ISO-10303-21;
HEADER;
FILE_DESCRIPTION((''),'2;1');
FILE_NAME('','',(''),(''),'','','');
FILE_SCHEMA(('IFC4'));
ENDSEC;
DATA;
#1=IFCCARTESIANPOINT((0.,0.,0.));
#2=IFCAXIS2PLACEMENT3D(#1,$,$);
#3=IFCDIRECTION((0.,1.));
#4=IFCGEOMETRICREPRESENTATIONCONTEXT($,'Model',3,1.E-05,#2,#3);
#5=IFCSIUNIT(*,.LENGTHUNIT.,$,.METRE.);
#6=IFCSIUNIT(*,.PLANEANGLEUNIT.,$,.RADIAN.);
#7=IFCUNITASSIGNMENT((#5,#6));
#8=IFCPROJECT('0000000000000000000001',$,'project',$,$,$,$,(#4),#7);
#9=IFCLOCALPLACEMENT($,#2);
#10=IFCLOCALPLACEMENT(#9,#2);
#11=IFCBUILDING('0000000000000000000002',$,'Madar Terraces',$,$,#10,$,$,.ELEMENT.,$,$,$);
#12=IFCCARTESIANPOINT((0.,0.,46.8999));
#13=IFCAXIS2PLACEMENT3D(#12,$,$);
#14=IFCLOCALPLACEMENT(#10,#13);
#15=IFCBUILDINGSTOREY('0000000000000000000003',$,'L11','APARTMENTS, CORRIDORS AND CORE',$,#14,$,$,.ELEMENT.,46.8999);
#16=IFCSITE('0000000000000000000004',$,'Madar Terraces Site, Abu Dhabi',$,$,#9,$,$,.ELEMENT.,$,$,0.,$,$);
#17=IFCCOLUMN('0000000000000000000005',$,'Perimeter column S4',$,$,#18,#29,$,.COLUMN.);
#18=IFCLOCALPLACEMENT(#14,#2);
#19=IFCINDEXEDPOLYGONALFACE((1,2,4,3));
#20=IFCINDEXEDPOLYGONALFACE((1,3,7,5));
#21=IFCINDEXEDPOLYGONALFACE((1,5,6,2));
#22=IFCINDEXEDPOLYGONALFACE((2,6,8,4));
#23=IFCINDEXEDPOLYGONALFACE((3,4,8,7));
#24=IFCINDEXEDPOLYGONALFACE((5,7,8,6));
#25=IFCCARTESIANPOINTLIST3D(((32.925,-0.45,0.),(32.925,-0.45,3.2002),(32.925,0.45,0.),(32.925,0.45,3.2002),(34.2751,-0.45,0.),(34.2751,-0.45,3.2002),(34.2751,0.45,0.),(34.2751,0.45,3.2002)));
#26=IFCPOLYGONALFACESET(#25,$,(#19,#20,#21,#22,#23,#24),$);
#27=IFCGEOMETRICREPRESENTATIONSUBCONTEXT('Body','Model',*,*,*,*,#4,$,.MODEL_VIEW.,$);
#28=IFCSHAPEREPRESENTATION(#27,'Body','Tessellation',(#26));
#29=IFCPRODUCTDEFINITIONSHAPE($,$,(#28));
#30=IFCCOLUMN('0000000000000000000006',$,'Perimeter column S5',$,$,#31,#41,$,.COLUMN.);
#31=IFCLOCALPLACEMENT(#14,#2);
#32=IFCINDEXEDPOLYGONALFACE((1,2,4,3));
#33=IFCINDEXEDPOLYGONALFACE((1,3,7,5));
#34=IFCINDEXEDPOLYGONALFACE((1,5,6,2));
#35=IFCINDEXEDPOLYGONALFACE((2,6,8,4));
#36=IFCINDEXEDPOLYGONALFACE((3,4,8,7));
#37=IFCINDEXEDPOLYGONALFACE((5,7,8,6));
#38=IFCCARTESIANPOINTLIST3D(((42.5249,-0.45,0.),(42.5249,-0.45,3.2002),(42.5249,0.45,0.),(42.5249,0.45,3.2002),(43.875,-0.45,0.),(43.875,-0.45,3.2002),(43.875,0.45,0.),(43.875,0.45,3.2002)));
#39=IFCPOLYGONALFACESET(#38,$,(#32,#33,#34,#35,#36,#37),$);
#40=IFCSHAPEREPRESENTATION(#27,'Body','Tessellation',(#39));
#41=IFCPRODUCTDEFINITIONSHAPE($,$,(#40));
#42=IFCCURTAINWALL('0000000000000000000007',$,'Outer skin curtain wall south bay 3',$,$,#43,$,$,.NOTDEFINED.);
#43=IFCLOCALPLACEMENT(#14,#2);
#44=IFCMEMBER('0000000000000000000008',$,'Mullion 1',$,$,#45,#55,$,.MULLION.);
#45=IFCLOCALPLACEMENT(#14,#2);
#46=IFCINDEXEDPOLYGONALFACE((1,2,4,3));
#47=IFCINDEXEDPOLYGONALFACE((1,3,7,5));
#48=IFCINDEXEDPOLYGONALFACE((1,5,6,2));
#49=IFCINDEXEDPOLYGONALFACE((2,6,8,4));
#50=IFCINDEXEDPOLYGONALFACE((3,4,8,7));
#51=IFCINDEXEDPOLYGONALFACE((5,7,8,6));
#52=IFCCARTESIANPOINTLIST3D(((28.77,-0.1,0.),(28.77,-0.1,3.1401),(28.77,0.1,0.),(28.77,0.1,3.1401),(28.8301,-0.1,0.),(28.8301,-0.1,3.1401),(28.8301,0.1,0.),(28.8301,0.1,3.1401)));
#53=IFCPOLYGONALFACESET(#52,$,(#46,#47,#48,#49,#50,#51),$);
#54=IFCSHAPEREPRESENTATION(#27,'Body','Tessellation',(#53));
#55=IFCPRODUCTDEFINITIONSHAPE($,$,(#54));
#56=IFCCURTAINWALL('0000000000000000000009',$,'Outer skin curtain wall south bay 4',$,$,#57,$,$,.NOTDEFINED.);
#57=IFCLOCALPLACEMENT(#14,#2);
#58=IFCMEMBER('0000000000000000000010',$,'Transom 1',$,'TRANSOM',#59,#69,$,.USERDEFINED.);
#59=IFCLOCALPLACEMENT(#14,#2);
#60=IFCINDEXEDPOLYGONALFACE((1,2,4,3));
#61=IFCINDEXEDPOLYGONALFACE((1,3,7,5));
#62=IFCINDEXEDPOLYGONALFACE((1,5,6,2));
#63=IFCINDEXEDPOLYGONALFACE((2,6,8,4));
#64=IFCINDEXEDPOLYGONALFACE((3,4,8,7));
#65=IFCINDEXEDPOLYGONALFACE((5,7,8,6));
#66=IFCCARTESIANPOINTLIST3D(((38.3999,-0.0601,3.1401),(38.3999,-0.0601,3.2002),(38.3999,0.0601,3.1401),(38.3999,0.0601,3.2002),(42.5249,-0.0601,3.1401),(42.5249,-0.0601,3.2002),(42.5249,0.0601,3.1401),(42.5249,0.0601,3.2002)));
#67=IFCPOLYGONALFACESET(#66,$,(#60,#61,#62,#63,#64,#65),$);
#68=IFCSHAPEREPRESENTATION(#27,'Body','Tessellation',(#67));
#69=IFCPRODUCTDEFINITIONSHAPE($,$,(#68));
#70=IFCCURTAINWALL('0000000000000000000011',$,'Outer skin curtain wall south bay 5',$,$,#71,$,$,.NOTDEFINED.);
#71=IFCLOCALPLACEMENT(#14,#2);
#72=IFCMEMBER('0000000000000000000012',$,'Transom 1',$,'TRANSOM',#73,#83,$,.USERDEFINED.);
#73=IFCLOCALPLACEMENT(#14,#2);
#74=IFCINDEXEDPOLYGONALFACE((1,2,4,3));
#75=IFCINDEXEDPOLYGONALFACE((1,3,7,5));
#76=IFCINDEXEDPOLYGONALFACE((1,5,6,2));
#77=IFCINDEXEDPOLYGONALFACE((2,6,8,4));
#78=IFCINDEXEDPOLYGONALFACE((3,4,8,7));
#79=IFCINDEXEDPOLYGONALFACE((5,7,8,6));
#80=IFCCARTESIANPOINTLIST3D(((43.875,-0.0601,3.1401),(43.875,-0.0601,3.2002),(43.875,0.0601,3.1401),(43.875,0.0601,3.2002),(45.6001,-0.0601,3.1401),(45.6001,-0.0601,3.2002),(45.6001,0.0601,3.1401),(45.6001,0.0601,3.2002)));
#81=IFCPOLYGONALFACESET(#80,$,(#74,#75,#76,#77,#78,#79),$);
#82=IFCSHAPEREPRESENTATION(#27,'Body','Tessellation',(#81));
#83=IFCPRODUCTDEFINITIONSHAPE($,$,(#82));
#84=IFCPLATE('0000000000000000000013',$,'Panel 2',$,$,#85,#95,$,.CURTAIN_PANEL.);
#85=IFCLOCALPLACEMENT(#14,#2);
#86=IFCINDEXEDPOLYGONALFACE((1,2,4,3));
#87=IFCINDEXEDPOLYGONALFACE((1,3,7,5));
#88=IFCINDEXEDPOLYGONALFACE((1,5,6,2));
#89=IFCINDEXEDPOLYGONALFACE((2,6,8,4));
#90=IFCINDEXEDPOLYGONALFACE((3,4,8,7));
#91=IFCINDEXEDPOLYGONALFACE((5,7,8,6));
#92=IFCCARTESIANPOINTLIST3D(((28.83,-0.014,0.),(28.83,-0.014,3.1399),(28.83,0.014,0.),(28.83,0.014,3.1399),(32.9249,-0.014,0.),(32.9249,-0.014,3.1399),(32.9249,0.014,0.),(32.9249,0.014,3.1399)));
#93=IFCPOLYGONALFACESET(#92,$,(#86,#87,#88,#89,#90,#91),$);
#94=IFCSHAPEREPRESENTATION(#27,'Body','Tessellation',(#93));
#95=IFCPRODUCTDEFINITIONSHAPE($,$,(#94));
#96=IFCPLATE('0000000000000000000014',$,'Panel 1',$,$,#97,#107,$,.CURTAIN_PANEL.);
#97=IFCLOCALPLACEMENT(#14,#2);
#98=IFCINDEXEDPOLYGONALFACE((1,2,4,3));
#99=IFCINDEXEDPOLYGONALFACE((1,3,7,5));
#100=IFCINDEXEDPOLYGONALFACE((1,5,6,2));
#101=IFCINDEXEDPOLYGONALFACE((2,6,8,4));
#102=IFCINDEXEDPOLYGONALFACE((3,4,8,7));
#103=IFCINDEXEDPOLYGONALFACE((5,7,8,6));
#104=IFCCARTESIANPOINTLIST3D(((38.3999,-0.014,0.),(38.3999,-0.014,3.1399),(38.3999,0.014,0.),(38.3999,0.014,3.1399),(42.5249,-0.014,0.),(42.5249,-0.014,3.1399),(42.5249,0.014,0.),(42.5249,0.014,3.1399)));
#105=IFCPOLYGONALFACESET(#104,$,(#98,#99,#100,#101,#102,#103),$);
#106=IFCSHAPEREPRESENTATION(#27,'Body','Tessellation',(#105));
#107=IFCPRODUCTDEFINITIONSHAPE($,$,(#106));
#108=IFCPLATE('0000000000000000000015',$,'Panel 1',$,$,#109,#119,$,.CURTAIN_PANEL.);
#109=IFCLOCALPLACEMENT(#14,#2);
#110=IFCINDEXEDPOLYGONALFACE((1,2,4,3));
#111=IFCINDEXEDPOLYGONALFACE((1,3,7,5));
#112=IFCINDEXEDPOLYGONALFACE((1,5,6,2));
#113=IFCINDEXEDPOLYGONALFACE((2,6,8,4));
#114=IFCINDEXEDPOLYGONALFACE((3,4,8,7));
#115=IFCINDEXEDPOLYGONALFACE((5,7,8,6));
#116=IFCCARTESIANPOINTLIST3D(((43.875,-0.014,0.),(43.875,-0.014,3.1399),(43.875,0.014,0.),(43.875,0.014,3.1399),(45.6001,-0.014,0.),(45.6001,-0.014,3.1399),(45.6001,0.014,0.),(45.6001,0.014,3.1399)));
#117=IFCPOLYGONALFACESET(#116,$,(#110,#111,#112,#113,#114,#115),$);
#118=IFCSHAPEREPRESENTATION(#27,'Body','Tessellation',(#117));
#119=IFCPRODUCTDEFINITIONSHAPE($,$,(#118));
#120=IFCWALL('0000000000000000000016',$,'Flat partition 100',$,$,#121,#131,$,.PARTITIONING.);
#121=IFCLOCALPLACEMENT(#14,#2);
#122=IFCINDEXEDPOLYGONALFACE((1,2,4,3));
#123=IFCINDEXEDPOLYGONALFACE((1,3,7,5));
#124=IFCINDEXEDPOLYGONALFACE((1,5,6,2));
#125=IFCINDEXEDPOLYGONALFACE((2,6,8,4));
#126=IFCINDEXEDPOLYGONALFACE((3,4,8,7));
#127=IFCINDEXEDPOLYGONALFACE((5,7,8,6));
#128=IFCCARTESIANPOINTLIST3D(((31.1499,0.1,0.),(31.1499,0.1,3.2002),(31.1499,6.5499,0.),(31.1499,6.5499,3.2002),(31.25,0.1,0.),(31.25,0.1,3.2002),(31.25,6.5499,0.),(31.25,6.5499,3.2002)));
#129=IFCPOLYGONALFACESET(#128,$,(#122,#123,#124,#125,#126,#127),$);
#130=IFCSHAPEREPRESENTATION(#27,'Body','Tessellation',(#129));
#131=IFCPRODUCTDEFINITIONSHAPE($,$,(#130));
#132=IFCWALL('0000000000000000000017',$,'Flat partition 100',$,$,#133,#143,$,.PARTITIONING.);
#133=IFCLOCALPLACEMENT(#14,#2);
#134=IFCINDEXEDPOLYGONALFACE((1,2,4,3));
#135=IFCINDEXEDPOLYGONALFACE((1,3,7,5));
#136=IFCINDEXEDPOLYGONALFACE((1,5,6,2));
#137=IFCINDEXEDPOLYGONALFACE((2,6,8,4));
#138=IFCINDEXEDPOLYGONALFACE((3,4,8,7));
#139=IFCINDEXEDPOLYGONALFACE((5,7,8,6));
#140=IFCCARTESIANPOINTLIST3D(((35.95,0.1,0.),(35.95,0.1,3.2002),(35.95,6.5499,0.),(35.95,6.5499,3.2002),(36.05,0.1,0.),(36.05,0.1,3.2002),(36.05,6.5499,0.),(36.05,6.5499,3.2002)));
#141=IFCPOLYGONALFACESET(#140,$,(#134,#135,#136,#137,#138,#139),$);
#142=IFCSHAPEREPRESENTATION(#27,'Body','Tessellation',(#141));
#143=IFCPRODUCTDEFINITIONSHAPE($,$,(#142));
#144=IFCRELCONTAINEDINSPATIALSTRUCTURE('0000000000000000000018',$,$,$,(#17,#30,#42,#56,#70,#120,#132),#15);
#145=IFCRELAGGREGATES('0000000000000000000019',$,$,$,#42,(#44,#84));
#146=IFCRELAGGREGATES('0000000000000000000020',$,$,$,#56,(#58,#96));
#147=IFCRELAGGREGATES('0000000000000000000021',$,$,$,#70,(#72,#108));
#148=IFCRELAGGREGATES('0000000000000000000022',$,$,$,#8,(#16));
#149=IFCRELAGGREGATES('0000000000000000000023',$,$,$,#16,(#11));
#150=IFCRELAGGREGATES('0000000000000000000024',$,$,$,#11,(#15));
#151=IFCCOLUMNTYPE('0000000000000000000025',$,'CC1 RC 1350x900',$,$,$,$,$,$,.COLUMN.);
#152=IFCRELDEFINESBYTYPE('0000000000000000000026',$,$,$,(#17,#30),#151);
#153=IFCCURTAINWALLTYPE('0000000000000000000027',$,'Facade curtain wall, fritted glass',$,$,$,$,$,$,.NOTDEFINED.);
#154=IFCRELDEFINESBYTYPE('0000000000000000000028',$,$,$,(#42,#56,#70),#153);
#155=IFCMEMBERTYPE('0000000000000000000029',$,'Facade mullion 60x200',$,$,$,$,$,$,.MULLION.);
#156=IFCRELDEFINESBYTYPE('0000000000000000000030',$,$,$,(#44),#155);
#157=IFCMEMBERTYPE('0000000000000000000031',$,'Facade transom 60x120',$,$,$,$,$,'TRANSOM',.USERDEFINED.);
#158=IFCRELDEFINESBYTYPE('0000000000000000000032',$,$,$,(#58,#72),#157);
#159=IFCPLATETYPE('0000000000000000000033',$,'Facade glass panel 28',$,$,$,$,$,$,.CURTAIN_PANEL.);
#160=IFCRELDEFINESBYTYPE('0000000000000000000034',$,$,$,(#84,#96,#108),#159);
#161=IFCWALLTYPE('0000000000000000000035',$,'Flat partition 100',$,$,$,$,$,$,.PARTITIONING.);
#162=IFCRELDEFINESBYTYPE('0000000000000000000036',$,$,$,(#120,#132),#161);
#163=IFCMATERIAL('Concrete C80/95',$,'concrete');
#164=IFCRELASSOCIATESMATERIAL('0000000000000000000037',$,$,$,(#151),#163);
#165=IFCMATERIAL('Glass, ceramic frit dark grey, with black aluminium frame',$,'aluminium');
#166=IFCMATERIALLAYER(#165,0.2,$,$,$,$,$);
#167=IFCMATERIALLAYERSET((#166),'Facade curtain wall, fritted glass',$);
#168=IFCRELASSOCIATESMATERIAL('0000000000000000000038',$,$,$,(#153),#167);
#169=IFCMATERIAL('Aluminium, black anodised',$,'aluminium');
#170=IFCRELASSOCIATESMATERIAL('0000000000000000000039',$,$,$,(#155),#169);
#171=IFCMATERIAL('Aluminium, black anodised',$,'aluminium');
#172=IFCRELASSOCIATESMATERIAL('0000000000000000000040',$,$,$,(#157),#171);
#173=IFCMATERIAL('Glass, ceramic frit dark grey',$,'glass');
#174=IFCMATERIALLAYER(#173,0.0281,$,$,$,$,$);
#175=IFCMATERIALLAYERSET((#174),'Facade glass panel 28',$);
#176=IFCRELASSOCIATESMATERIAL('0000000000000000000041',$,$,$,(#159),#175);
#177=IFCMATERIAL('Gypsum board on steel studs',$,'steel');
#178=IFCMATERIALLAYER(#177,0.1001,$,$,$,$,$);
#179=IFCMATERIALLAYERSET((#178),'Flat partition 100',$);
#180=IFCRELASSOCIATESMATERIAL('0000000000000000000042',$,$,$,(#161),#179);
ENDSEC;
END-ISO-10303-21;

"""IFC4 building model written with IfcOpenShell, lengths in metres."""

from ifc_helpers import new_model, si_unit, direction, frame, frame_2d, origin, origin_2d, place, context, subcontext, project, spatial, rectangle, extrude, material, layer, layer_set, material_profile, profile_set, type_object, element, aggregate, save


model = new_model("IFC4")

# Units and contexts
model_context = context("Model", 3, precision=1e-05, world=origin(), true_north=direction((0.0, 1.0)))
body_context = subcontext(model_context, "Body", "Model", "MODEL_VIEW")
ifc_project = project(units=[si_unit("LENGTHUNIT", "METRE"), si_unit("PLANEANGLEUNIT", "RADIAN")], contexts=[model_context])

# Site, building, storey
site_placement = place(None, origin())
site = spatial("IfcSite", under=ifc_project, at=site_placement, Name="Madar Terraces Site, Abu Dhabi", CompositionType="ELEMENT", RefElevation=0.0)
building_placement = place(site_placement, origin())
building = spatial("IfcBuilding", under=site, at=building_placement, Name="Madar Terraces", CompositionType="ELEMENT")
storey_placement = place(building_placement, frame((0.0, 0.0, 46.8999)))
storey = spatial("IfcBuildingStorey", under=building, at=storey_placement, Name="L11", Description="APARTMENTS, CORRIDORS AND CORE", CompositionType="ELEMENT", Elevation=46.8999)

# Columns
ifc_material_1 = material(Name="Concrete C80/95", Category="concrete")
ifc_material_profile_1 = material_profile(ifc_material_1, rectangle(XDim=1.3501, YDim=0.8999, at=origin_2d()), Name="CC1 RC 1350x900")
ifc_profile_set_1 = profile_set([ifc_material_profile_1], Name="Concrete C80/95")
column_type = type_object("IfcColumnType", Name="CC1 RC 1350x900", PredefinedType="COLUMN", material=ifc_profile_set_1)
for number, where, z_axis, x_axis, name in (
    (1, (33.6001, 0.0, 0.0), (0.0, 0.0, 1.0), (1.0, 0.0, 0.0), "Perimeter column S4"),
    (2, (43.2, 0.0, 0.0), (0.0, 0.0, 1.0), (1.0, 0.0, 0.0), "Perimeter column S5"),
):
    element("IfcColumn", number, at=place(storey_placement, frame(where, z_axis=z_axis, x_axis=x_axis)), inside=storey, type_object=column_type, Name=name, PredefinedType="COLUMN", context=body_context, shape_type="SweptSolid", body=[
        extrude(rectangle(XDim=1.3501, YDim=0.8999, at=origin_2d()), origin(), (0.0, 0.0, 1.0), 3.2002),
    ])

# Curtain walls, members
ifc_material_2 = material(Name="Glass, ceramic frit dark grey, with black aluminium frame", Category="aluminium")
ifc_layer_1 = layer(ifc_material_2, 0.2)
ifc_layer_set_1 = layer_set([ifc_layer_1], Name="Facade curtain wall, fritted glass")
curtain_wall_type = type_object("IfcCurtainWallType", Name="Facade curtain wall, fritted glass", PredefinedType="NOTDEFINED", material=ifc_layer_set_1)
curtain_wall_1_placement = place(storey_placement, origin())
curtain_wall_1 = element("IfcCurtainWall", 3, at=curtain_wall_1_placement, inside=storey, type_object=curtain_wall_type, Name="Outer skin curtain wall south bay 3", PredefinedType="NOTDEFINED")
ifc_material_3 = material(Name="Aluminium, black anodised", Category="aluminium")
ifc_material_profile_2 = material_profile(ifc_material_3, rectangle(XDim=0.2, YDim=0.0601, at=origin_2d()), Name="Facade mullion 60x200")
ifc_profile_set_2 = profile_set([ifc_material_profile_2], Name="Aluminium, black anodised")
member_type_1 = type_object("IfcMemberType", Name="Facade mullion 60x200", PredefinedType="MULLION", material=ifc_profile_set_2)
member_1_placement = place(storey_placement, frame((28.8, 0.0, 0.0), z_axis=(0.0, 0.0, 1.0), x_axis=(0.0, 1.0, 0.0)))
member_1 = element("IfcMember", 4, at=member_1_placement, type_object=member_type_1, Name="Mullion 1", PredefinedType="MULLION", context=body_context, shape_type="SweptSolid", body=[
    extrude(rectangle(XDim=0.2, YDim=0.0601, at=origin_2d()), origin(), (0.0, 0.0, 1.0), 3.1401),
])
curtain_wall_2_placement = place(storey_placement, origin())
curtain_wall_2 = element("IfcCurtainWall", 5, at=curtain_wall_2_placement, inside=storey, type_object=curtain_wall_type, Name="Outer skin curtain wall south bay 4", PredefinedType="NOTDEFINED")
ifc_material_4 = material(Name="Aluminium, black anodised", Category="aluminium")
ifc_material_profile_3 = material_profile(ifc_material_4, rectangle(XDim=0.1201, YDim=0.0601, at=origin_2d()), Name="Facade transom 60x120")
ifc_profile_set_3 = profile_set([ifc_material_profile_3], Name="Aluminium, black anodised")
member_type_2 = type_object("IfcMemberType", Name="Facade transom 60x120", ElementType="TRANSOM", PredefinedType="USERDEFINED", material=ifc_profile_set_3)
member_2_placement = place(storey_placement, frame((38.3999, 0.0, 3.1702), z_axis=(1.0, 0.0, 0.0), x_axis=(0.0, 1.0, 0.0)))
member_2 = element("IfcMember", 6, at=member_2_placement, type_object=member_type_2, Name="Transom 1", ObjectType="TRANSOM", PredefinedType="USERDEFINED", context=body_context, shape_type="SweptSolid", body=[
    extrude(rectangle(XDim=0.1201, YDim=0.0601, at=origin_2d()), origin(), (0.0, 0.0, 1.0), 4.125),
])
curtain_wall_3_placement = place(storey_placement, origin())
curtain_wall_3 = element("IfcCurtainWall", 7, at=curtain_wall_3_placement, inside=storey, type_object=curtain_wall_type, Name="Outer skin curtain wall south bay 5", PredefinedType="NOTDEFINED")
member_3_placement = place(storey_placement, frame((43.875, 0.0, 3.1702), z_axis=(1.0, 0.0, 0.0), x_axis=(0.0, 1.0, 0.0)))
member_3 = element("IfcMember", 8, at=member_3_placement, type_object=member_type_2, Name="Transom 1", ObjectType="TRANSOM", PredefinedType="USERDEFINED", context=body_context, shape_type="SweptSolid", body=[
    extrude(rectangle(XDim=0.1201, YDim=0.0601, at=origin_2d()), origin(), (0.0, 0.0, 1.0), 1.7251),
])

# Plates
ifc_material_5 = material(Name="Glass, ceramic frit dark grey", Category="glass")
ifc_layer_2 = layer(ifc_material_5, 0.0281)
ifc_layer_set_2 = layer_set([ifc_layer_2], Name="Facade glass panel 28")
plate_type = type_object("IfcPlateType", Name="Facade glass panel 28", PredefinedType="CURTAIN_PANEL", material=ifc_layer_set_2)
plate_1_placement = place(storey_placement, frame((30.8774, 0.0, 0.0), z_axis=(0.0, 0.0, 1.0), x_axis=(1.0, 0.0, 0.0)))
plate_1 = element("IfcPlate", 9, at=plate_1_placement, type_object=plate_type, Name="Panel 2", PredefinedType="CURTAIN_PANEL", context=body_context, shape_type="SweptSolid", body=[
    extrude(rectangle(XDim=4.095, YDim=0.0281, at=origin_2d()), origin(), (0.0, 0.0, 1.0), 3.1399),
])
aggregate(curtain_wall_1, [member_1, plate_1])
plate_2_placement = place(storey_placement, frame((40.4624, 0.0, 0.0), z_axis=(0.0, 0.0, 1.0), x_axis=(1.0, 0.0, 0.0)))
plate_2 = element("IfcPlate", 10, at=plate_2_placement, type_object=plate_type, Name="Panel 1", PredefinedType="CURTAIN_PANEL", context=body_context, shape_type="SweptSolid", body=[
    extrude(rectangle(XDim=4.125, YDim=0.0281, at=origin_2d()), origin(), (0.0, 0.0, 1.0), 3.1399),
])
aggregate(curtain_wall_2, [member_2, plate_2])
plate_3_placement = place(storey_placement, frame((44.7375, 0.0, 0.0), z_axis=(0.0, 0.0, 1.0), x_axis=(1.0, 0.0, 0.0)))
plate_3 = element("IfcPlate", 11, at=plate_3_placement, type_object=plate_type, Name="Panel 1", PredefinedType="CURTAIN_PANEL", context=body_context, shape_type="SweptSolid", body=[
    extrude(rectangle(XDim=1.7251, YDim=0.0281, at=origin_2d()), origin(), (0.0, 0.0, 1.0), 3.1399),
])
aggregate(curtain_wall_3, [member_3, plate_3])

# Walls
ifc_material_6 = material(Name="Gypsum board on steel studs", Category="steel")
ifc_layer_3 = layer(ifc_material_6, 0.1001)
ifc_layer_set_3 = layer_set([ifc_layer_3], Name="Flat partition 100")
wall_type_1 = type_object("IfcWallType", Name="Flat partition 100", PredefinedType="PARTITIONING", material=ifc_layer_set_3)
for number, where, z_axis, x_axis, name in (
    (12, (31.2, 6.55, 0.0), (0.0, 0.0, 1.0), (0.0, -1.0, 0.0), "Flat partition 100"),
    (13, (36.0, 6.55, 0.0), (0.0, 0.0, 1.0), (0.0, -1.0, 0.0), "Flat partition 100"),
):
    element("IfcWall", number, at=place(storey_placement, frame(where, z_axis=z_axis, x_axis=x_axis)), inside=storey, type_object=wall_type_1, Name=name, PredefinedType="PARTITIONING", context=body_context, shape_type="SweptSolid", body=[
        extrude(rectangle(XDim=6.45, YDim=0.1001, at=frame_2d((3.2251, 0.0))), origin(), (0.0, 0.0, 1.0), 3.2002),
    ])

save(model, "model.ifc")
